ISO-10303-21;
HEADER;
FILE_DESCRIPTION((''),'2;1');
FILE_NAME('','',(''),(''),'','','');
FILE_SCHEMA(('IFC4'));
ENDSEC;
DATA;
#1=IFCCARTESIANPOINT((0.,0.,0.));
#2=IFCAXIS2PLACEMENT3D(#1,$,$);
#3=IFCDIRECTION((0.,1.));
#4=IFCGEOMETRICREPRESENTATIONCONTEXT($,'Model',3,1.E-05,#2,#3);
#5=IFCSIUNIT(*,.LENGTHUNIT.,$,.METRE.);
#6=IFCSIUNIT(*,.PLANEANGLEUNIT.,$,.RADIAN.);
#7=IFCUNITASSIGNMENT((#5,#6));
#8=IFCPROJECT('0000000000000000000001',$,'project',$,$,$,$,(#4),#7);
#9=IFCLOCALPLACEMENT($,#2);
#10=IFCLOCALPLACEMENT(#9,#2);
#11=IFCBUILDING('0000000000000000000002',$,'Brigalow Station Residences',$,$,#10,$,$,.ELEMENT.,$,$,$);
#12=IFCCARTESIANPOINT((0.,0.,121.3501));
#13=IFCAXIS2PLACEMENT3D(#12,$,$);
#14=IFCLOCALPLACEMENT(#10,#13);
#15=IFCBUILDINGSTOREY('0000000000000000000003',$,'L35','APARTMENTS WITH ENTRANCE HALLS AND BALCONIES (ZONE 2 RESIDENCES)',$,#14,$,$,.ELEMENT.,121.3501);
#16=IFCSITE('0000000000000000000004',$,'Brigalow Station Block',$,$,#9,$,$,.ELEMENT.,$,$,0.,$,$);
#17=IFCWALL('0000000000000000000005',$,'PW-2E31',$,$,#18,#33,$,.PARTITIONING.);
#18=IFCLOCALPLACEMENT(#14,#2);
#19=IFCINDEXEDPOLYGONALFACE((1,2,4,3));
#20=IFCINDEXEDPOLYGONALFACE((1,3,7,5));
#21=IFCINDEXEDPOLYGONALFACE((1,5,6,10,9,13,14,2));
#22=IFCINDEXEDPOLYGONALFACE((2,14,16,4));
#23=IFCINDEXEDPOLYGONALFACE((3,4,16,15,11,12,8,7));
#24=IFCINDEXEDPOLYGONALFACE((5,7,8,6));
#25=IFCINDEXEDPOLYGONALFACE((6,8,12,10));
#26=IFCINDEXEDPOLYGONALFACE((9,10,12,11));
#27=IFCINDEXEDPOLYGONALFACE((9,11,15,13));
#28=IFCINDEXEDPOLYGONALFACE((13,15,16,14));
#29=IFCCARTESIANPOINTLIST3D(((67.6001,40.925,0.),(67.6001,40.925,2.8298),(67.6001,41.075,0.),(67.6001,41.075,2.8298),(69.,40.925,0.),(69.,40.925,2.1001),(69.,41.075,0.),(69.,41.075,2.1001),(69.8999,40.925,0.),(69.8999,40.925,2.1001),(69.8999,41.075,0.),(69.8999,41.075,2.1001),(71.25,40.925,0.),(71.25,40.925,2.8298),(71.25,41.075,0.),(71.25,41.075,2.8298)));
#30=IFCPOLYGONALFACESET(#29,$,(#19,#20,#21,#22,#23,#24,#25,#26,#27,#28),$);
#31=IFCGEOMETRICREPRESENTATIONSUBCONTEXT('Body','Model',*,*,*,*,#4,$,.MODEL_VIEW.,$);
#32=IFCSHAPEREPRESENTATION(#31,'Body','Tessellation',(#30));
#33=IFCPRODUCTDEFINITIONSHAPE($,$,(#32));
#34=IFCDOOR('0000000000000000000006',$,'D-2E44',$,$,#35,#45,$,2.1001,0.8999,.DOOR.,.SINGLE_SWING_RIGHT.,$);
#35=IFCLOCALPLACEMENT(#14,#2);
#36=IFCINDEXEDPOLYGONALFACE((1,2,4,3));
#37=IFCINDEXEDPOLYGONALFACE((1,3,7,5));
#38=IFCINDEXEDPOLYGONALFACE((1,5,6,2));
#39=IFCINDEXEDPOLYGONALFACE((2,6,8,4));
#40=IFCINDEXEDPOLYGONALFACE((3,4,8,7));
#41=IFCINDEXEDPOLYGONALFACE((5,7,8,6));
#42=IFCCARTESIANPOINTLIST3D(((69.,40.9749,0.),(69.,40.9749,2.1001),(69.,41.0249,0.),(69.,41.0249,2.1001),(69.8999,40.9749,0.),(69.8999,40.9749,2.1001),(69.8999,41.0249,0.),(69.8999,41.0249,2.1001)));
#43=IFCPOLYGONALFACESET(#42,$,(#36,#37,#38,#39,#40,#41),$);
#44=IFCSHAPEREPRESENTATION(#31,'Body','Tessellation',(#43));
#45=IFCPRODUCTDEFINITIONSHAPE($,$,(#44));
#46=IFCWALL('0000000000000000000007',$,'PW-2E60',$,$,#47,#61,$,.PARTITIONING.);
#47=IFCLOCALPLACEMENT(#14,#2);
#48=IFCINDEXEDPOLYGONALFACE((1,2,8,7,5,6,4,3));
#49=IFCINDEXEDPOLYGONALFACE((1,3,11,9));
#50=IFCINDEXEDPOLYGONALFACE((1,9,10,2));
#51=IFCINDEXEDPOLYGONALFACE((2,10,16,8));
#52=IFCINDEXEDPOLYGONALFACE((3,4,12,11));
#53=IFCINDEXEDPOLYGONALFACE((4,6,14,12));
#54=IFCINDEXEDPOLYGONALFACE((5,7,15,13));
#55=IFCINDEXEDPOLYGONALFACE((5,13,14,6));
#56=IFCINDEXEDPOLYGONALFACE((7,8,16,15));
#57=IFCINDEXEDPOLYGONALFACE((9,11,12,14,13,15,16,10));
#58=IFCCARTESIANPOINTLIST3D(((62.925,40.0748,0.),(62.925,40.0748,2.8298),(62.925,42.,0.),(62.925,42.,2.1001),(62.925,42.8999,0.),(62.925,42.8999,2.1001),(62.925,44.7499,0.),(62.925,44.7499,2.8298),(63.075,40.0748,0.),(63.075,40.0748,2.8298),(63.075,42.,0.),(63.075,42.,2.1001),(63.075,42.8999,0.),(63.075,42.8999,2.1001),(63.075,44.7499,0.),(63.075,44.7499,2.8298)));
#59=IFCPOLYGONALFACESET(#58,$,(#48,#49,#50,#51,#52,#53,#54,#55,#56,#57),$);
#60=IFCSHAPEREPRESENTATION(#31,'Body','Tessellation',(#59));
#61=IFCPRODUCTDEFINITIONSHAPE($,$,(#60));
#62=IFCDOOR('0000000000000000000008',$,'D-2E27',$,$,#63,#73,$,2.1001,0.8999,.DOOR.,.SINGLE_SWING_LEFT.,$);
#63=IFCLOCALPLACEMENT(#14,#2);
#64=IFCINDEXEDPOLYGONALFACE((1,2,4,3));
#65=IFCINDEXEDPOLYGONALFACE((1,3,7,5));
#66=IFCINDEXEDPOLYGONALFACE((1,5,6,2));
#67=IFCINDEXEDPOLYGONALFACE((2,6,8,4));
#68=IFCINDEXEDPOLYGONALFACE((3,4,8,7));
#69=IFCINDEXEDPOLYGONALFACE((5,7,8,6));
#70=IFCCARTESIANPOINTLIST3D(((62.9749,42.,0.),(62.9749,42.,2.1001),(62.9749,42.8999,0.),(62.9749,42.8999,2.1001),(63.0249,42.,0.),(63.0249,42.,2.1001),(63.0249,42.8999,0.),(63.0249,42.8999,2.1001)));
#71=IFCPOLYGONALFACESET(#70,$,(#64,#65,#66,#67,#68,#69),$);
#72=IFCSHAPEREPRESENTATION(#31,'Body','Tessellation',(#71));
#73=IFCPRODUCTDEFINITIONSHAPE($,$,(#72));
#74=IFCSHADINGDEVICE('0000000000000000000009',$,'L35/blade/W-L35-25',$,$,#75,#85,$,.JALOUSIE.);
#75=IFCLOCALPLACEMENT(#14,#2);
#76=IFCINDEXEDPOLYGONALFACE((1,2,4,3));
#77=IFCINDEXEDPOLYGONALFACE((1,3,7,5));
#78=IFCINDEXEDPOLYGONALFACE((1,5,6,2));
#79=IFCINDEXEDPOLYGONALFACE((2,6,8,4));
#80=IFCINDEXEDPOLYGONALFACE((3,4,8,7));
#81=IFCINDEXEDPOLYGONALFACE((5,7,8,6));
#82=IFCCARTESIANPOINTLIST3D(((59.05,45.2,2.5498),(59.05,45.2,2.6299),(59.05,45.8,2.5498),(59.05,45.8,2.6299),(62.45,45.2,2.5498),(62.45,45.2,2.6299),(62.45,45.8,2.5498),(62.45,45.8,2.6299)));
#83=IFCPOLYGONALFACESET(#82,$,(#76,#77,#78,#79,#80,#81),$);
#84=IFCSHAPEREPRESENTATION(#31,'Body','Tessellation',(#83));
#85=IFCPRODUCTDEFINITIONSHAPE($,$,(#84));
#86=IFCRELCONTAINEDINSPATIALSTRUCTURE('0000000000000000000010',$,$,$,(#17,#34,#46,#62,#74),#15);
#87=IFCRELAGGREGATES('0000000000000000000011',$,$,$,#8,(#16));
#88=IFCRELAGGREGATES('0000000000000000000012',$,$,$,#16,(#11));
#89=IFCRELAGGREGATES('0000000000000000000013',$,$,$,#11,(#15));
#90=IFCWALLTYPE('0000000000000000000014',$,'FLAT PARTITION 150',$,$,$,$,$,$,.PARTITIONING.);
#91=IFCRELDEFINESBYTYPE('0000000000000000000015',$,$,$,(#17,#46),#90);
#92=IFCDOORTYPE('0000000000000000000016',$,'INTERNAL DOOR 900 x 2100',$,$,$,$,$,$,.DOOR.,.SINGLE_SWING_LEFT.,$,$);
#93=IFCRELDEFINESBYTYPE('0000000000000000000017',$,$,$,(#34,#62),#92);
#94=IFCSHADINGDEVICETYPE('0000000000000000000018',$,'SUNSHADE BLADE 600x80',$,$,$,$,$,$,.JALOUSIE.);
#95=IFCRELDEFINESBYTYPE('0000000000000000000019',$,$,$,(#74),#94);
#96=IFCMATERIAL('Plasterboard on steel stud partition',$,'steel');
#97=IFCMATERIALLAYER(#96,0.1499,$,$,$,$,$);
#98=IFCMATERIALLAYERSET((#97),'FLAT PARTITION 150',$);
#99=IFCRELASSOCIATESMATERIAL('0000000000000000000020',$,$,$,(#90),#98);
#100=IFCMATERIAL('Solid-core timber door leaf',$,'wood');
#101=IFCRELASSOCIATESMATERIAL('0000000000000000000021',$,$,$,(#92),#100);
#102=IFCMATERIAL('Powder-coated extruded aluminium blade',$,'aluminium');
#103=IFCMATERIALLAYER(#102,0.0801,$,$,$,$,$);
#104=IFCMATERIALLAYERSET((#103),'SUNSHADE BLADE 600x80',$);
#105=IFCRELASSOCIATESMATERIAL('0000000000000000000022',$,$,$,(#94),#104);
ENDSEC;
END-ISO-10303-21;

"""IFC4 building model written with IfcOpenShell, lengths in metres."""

from ifc_helpers import new_model, si_unit, direction, frame, frame_2d, origin, origin_2d, place, context, subcontext, project, spatial, rectangle, extrude, material, layer, layer_set, type_object, element, fill, save


model = new_model("IFC4")

# Units and contexts
model_context = context("Model", 3, precision=1e-05, world=origin(), true_north=direction((0.0, 1.0)))
body_context = subcontext(model_context, "Body", "Model", "MODEL_VIEW")
ifc_project = project(units=[si_unit("LENGTHUNIT", "METRE"), si_unit("PLANEANGLEUNIT", "RADIAN")], contexts=[model_context])

# Site, building, storey
site_placement = place(None, origin())
site = spatial("IfcSite", under=ifc_project, at=site_placement, Name="Brigalow Station Block", CompositionType="ELEMENT", RefElevation=0.0)
building_placement = place(site_placement, origin())
building = spatial("IfcBuilding", under=site, at=building_placement, Name="Brigalow Station Residences", CompositionType="ELEMENT")
storey_placement = place(building_placement, frame((0.0, 0.0, 121.3501)))
storey = spatial("IfcBuildingStorey", under=building, at=storey_placement, Name="L35", Description="APARTMENTS WITH ENTRANCE HALLS AND BALCONIES (ZONE 2 RESIDENCES)", CompositionType="ELEMENT", Elevation=121.3501)

# Walls, openings, doors
ifc_material_1 = material(Name="Plasterboard on steel stud partition", Category="steel")
ifc_layer_1 = layer(ifc_material_1, 0.1499)
ifc_layer_set_1 = layer_set([ifc_layer_1], Name="FLAT PARTITION 150")
wall_type_1 = type_object("IfcWallType", Name="FLAT PARTITION 150", PredefinedType="PARTITIONING", material=ifc_layer_set_1)
wall_1_placement = place(storey_placement, frame((67.6001, 41.0, 0.0), z_axis=(0.0, 0.0, 1.0), x_axis=(1.0, 0.0, 0.0)))
wall_1 = element("IfcWall", 1, at=wall_1_placement, inside=storey, type_object=wall_type_1, Name="PW-2E31", PredefinedType="PARTITIONING", context=body_context, shape_type="SweptSolid", body=[
    extrude(rectangle(XDim=3.6499, YDim=0.1499, at=frame_2d((1.825, 0.0))), origin(), (0.0, 0.0, 1.0), 2.8298),
])
opening_1_placement = place(wall_1_placement, frame((1.3999, 0.0, 0.0)))
opening_1 = element("IfcOpeningElement", 2, at=opening_1_placement, cuts=wall_1, PredefinedType="OPENING", context=body_context, shape_type="SweptSolid", body=[
    extrude(rectangle(XDim=0.8999, YDim=2.1001, at=frame_2d((0.45, 1.05))), frame((0.0, 0.085, 0.0), z_axis=(0.0, -1.0, 0.0), x_axis=(1.0, 0.0, 0.0)), (0.0, 0.0, 1.0), 0.1699),
])
ifc_material_2 = material(Name="Solid-core timber door leaf", Category="wood")
door_type_1 = type_object("IfcDoorType", Name="INTERNAL DOOR 900 x 2100", OperationType="SINGLE_SWING_LEFT", PredefinedType="DOOR", material=ifc_material_2)
door_1_placement = place(opening_1_placement, origin())
door_1 = element("IfcDoor", 3, at=door_1_placement, inside=storey, type_object=door_type_1, Name="D-2E44", OperationType="SINGLE_SWING_RIGHT", OverallHeight=2.1001, OverallWidth=0.8999, PredefinedType="DOOR", context=body_context, shape_type="SweptSolid", body=[
    extrude(rectangle(XDim=0.8999, YDim=2.1001, at=frame_2d((0.45, 1.05))), frame((0.0, 0.0249, 0.0), z_axis=(0.0, -1.0, 0.0), x_axis=(1.0, 0.0, 0.0)), (0.0, 0.0, 1.0), 0.05),
])
fill(opening_1, door_1)
wall_2_placement = place(storey_placement, frame((63.0, 40.075, 0.0), z_axis=(0.0, 0.0, 1.0), x_axis=(0.0, 1.0, 0.0)))
wall_2 = element("IfcWall", 4, at=wall_2_placement, inside=storey, type_object=wall_type_1, Name="PW-2E60", PredefinedType="PARTITIONING", context=body_context, shape_type="SweptSolid", body=[
    extrude(rectangle(XDim=4.675, YDim=0.1499, at=frame_2d((2.3374, 0.0))), origin(), (0.0, 0.0, 1.0), 2.8298),
])
opening_2_placement = place(wall_2_placement, frame((1.925, 0.0, 0.0)))
opening_2 = element("IfcOpeningElement", 5, at=opening_2_placement, cuts=wall_2, PredefinedType="OPENING", context=body_context, shape_type="SweptSolid", body=[
    extrude(rectangle(XDim=0.8999, YDim=2.1001, at=frame_2d((0.45, 1.05))), frame((0.0, 0.085, 0.0), z_axis=(0.0, -1.0, 0.0), x_axis=(1.0, 0.0, 0.0)), (0.0, 0.0, 1.0), 0.1699),
])
door_2_placement = place(opening_2_placement, frame((0.8999, 0.0, 0.0), z_axis=(0.0, 0.0, 1.0), x_axis=(-1.0, 0.0, 0.0)))
door_2 = element("IfcDoor", 6, at=door_2_placement, inside=storey, type_object=door_type_1, Name="D-2E27", OperationType="SINGLE_SWING_LEFT", OverallHeight=2.1001, OverallWidth=0.8999, PredefinedType="DOOR", context=body_context, shape_type="SweptSolid", body=[
    extrude(rectangle(XDim=0.8999, YDim=2.1001, at=frame_2d((0.45, 1.05))), frame((0.0, 0.0249, 0.0), z_axis=(0.0, -1.0, 0.0), x_axis=(1.0, 0.0, 0.0)), (0.0, 0.0, 1.0), 0.05),
])
fill(opening_2, door_2)

# Shading device
ifc_material_3 = material(Name="Powder-coated extruded aluminium blade", Category="aluminium")
ifc_layer_2 = layer(ifc_material_3, 0.0801)
ifc_layer_set_2 = layer_set([ifc_layer_2], Name="SUNSHADE BLADE 600x80")
shading_device_type = type_object("IfcShadingDeviceType", Name="SUNSHADE BLADE 600x80", PredefinedType="JALOUSIE", material=ifc_layer_set_2)
shading_device_placement = place(storey_placement, frame((60.75, 45.5, 2.5498), z_axis=(0.0, 0.0, 1.0), x_axis=(-1.0, 0.0, 0.0)))
element("IfcShadingDevice", 7, at=shading_device_placement, inside=storey, type_object=shading_device_type, Name="L35/blade/W-L35-25", PredefinedType="JALOUSIE", context=body_context, shape_type="SweptSolid", body=[
    extrude(rectangle(XDim=3.3999, YDim=0.6001, at=origin_2d()), origin(), (0.0, 0.0, 1.0), 0.0801),
])

save(model, "model.ifc")
